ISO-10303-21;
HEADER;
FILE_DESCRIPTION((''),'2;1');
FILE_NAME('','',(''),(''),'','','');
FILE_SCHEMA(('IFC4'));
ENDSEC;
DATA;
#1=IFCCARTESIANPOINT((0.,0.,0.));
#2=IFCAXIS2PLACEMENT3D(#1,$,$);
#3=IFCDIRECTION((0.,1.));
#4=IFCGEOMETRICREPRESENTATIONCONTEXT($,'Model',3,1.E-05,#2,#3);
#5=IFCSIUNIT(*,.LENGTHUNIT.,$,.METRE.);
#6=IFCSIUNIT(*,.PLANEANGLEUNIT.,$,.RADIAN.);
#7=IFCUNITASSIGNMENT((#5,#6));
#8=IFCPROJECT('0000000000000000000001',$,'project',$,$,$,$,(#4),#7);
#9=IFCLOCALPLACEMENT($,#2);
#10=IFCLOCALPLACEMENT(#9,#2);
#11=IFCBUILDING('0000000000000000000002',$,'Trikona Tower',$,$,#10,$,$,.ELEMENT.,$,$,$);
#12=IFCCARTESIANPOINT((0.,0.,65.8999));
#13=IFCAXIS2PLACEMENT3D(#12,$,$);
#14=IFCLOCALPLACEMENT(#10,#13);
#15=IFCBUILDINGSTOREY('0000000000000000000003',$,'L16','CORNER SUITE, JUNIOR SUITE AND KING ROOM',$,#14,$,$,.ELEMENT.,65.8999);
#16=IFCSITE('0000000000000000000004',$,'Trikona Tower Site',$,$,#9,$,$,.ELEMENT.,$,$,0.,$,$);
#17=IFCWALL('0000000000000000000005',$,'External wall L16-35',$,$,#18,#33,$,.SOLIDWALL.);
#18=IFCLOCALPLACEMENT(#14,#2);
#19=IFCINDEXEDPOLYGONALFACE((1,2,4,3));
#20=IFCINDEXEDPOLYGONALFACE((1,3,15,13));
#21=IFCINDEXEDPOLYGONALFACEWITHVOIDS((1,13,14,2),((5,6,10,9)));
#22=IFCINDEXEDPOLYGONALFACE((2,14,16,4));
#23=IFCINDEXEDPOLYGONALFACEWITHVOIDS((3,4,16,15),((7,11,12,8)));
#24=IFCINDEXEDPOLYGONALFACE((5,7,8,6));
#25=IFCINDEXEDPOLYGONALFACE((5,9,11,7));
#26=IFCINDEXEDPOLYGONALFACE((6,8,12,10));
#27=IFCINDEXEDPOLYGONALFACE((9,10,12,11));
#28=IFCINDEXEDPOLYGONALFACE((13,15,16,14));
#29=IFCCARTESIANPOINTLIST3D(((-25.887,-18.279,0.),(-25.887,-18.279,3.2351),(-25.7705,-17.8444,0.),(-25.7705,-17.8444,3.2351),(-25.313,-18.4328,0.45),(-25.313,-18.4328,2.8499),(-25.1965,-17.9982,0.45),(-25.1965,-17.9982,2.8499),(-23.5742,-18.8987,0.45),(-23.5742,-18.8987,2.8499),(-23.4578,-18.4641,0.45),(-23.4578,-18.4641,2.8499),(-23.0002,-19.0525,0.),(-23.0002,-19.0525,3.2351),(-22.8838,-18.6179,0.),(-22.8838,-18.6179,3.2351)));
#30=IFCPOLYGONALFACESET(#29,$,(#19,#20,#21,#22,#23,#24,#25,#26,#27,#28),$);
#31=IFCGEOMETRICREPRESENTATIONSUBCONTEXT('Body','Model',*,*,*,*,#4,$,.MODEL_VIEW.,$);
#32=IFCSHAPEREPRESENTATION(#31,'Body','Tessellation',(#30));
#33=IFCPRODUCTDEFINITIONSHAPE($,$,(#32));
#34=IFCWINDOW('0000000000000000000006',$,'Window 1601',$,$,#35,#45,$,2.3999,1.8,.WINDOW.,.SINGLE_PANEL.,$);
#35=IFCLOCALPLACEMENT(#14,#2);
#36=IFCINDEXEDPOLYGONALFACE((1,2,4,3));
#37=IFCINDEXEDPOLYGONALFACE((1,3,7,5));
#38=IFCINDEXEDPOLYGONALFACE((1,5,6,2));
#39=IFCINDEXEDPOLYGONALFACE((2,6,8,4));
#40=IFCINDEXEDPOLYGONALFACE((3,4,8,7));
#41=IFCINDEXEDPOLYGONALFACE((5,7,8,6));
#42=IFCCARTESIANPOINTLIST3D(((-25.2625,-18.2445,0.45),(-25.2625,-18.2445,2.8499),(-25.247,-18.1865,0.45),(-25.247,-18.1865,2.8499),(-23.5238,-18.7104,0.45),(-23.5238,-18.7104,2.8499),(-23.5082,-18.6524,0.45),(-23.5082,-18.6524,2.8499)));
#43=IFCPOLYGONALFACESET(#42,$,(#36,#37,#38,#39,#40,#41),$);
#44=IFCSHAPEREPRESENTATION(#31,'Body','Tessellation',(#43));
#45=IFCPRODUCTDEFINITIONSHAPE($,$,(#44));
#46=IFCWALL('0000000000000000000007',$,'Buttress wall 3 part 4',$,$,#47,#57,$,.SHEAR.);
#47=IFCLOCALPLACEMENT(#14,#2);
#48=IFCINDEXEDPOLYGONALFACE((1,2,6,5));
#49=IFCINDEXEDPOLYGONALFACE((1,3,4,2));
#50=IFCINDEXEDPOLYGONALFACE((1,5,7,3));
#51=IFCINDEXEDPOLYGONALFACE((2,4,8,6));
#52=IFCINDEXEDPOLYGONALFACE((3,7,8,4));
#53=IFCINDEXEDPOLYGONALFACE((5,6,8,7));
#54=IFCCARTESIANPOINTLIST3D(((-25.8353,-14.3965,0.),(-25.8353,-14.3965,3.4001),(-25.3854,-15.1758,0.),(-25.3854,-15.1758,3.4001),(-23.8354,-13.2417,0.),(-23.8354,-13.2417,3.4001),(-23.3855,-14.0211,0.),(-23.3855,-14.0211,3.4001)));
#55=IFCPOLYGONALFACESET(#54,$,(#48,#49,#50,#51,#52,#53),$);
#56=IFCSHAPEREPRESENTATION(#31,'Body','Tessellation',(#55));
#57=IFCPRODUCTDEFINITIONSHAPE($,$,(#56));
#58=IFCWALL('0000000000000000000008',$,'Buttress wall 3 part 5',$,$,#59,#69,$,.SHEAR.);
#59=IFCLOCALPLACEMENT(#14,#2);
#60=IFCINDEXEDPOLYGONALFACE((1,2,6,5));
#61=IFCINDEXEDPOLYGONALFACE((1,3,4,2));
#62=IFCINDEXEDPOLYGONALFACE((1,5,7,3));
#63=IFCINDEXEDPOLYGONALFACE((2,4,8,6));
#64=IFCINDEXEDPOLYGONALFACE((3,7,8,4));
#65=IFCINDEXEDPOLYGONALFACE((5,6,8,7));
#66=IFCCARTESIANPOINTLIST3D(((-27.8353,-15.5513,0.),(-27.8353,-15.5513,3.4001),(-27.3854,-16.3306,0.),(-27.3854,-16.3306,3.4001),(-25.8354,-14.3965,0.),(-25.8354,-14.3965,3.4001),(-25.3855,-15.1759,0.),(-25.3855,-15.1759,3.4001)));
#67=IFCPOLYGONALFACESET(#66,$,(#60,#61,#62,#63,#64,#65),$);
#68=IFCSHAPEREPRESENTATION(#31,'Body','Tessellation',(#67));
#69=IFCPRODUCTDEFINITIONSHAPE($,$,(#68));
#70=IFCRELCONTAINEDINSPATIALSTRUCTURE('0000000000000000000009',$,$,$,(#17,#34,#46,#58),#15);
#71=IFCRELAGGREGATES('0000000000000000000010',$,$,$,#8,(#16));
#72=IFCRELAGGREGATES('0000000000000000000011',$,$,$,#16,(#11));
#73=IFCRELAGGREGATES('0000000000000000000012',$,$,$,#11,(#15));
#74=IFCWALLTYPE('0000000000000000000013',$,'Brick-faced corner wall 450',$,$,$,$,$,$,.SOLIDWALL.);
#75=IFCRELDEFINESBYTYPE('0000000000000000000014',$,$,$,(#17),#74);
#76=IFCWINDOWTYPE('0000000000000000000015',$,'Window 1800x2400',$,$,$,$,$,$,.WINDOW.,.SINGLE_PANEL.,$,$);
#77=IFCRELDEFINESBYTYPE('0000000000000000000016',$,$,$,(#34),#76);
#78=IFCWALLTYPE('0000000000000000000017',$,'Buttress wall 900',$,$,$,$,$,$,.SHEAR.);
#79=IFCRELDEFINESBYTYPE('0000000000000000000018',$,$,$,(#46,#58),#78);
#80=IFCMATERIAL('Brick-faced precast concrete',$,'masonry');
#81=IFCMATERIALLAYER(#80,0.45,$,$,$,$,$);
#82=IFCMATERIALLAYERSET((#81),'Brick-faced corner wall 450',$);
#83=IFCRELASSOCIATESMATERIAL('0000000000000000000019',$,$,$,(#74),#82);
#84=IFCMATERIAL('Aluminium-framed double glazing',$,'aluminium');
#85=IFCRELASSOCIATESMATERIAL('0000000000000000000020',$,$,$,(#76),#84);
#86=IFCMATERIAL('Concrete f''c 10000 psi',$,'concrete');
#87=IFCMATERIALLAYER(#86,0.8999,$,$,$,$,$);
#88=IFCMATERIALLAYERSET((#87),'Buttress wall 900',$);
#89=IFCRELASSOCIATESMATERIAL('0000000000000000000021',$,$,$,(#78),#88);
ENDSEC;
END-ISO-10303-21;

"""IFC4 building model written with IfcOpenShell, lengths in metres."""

from ifc_helpers import new_model, si_unit, direction, frame, frame_2d, origin, place, context, subcontext, project, spatial, rectangle, extrude, material, layer, layer_set, type_object, element, fill, save


model = new_model("IFC4")

# Units and contexts
model_context = context("Model", 3, precision=1e-05, world=origin(), true_north=direction((0.0, 1.0)))
body_context = subcontext(model_context, "Body", "Model", "MODEL_VIEW")
ifc_project = project(units=[si_unit("LENGTHUNIT", "METRE"), si_unit("PLANEANGLEUNIT", "RADIAN")], contexts=[model_context])

# Site, building, storey
site_placement = place(None, origin())
site = spatial("IfcSite", under=ifc_project, at=site_placement, Name="Trikona Tower Site", CompositionType="ELEMENT", RefElevation=0.0)
building_placement = place(site_placement, origin())
building = spatial("IfcBuilding", under=site, at=building_placement, Name="Trikona Tower", CompositionType="ELEMENT")
storey_placement = place(building_placement, frame((0.0, 0.0, 65.8999)))
storey = spatial("IfcBuildingStorey", under=building, at=storey_placement, Name="L16", Description="CORNER SUITE, JUNIOR SUITE AND KING ROOM", CompositionType="ELEMENT", Elevation=65.8999)

# Wall, opening, window
ifc_material_1 = material(Name="Brick-faced precast concrete", Category="masonry")
ifc_layer_1 = layer(ifc_material_1, 0.45)
ifc_layer_set_1 = layer_set([ifc_layer_1], Name="Brick-faced corner wall 450")
wall_type_1 = type_object("IfcWallType", Name="Brick-faced corner wall 450", PredefinedType="SOLIDWALL", material=ifc_layer_set_1)
wall_1_placement = place(storey_placement, frame((-25.8286, -18.0618, 0.0), z_axis=(0.0, 0.0, 1.0), x_axis=(0.965931, -0.258801, 0.0)))
wall_1 = element("IfcWall", 1, at=wall_1_placement, inside=storey, type_object=wall_type_1, Name="External wall L16-35", PredefinedType="SOLIDWALL", context=body_context, shape_type="SweptSolid", body=[
    extrude(rectangle(XDim=2.9885, YDim=0.45, at=frame_2d((1.4941, 0.0))), origin(), (0.0, 0.0, 1.0), 3.2351),
])
opening_1_placement = place(wall_1_placement, frame((0.5942, 0.0, 0.45)))
opening_1 = element("IfcOpeningElement", 2, at=opening_1_placement, cuts=wall_1, PredefinedType="OPENING", context=body_context, shape_type="SweptSolid", body=[
    extrude(rectangle(XDim=1.8, YDim=2.3999, at=frame_2d((0.8999, 1.2))), frame((0.0, 0.2349, 0.0), z_axis=(0.0, -1.0, 0.0), x_axis=(1.0, 0.0, 0.0)), (0.0, 0.0, 1.0), 0.47),
])
ifc_material_2 = material(Name="Aluminium-framed double glazing", Category="aluminium")
window_type_1 = type_object("IfcWindowType", Name="Window 1800x2400", PartitioningType="SINGLE_PANEL", PredefinedType="WINDOW", material=ifc_material_2)
window_1_placement = place(opening_1_placement, origin())
window_1 = element("IfcWindow", 3, at=window_1_placement, inside=storey, type_object=window_type_1, Name="Window 1601", OverallHeight=2.3999, OverallWidth=1.8, PartitioningType="SINGLE_PANEL", PredefinedType="WINDOW", context=body_context, shape_type="SweptSolid", body=[
    extrude(rectangle(XDim=1.8, YDim=2.3999, at=frame_2d((0.8999, 1.2))), frame((0.0, 0.03, 0.0), z_axis=(0.0, -1.0, 0.0), x_axis=(1.0, 0.0, 0.0)), (0.0, 0.0, 1.0), 0.0601),
])
fill(opening_1, window_1)

# Walls
ifc_material_3 = material(Name="Concrete f'c 10000 psi", Category="concrete")
ifc_layer_2 = layer(ifc_material_3, 0.8999)
ifc_layer_set_2 = layer_set([ifc_layer_2], Name="Buttress wall 900")
wall_type_2 = type_object("IfcWallType", Name="Buttress wall 900", PredefinedType="SHEAR", material=ifc_layer_set_2)
for number, where, z_axis, x_axis, name in (
    (4, (-23.6104, -13.6313, 0.0), (0.0, 0.0, 1.0), (-0.86601, -0.500027, 0.0), "Buttress wall 3 part 4"),
    (5, (-25.6104, -14.7861, 0.0), (0.0, 0.0, 1.0), (-0.86601, -0.500027, 0.0), "Buttress wall 3 part 5"),
):
    element("IfcWall", number, at=place(storey_placement, frame(where, z_axis=z_axis, x_axis=x_axis)), inside=storey, type_object=wall_type_2, Name=name, PredefinedType="SHEAR", context=body_context, shape_type="SweptSolid", body=[
        extrude(rectangle(XDim=2.3093, YDim=0.8999, at=frame_2d((1.1548, 0.0))), origin(), (0.0, 0.0, 1.0), 3.4001),
    ])

save(model, "model.ifc")
